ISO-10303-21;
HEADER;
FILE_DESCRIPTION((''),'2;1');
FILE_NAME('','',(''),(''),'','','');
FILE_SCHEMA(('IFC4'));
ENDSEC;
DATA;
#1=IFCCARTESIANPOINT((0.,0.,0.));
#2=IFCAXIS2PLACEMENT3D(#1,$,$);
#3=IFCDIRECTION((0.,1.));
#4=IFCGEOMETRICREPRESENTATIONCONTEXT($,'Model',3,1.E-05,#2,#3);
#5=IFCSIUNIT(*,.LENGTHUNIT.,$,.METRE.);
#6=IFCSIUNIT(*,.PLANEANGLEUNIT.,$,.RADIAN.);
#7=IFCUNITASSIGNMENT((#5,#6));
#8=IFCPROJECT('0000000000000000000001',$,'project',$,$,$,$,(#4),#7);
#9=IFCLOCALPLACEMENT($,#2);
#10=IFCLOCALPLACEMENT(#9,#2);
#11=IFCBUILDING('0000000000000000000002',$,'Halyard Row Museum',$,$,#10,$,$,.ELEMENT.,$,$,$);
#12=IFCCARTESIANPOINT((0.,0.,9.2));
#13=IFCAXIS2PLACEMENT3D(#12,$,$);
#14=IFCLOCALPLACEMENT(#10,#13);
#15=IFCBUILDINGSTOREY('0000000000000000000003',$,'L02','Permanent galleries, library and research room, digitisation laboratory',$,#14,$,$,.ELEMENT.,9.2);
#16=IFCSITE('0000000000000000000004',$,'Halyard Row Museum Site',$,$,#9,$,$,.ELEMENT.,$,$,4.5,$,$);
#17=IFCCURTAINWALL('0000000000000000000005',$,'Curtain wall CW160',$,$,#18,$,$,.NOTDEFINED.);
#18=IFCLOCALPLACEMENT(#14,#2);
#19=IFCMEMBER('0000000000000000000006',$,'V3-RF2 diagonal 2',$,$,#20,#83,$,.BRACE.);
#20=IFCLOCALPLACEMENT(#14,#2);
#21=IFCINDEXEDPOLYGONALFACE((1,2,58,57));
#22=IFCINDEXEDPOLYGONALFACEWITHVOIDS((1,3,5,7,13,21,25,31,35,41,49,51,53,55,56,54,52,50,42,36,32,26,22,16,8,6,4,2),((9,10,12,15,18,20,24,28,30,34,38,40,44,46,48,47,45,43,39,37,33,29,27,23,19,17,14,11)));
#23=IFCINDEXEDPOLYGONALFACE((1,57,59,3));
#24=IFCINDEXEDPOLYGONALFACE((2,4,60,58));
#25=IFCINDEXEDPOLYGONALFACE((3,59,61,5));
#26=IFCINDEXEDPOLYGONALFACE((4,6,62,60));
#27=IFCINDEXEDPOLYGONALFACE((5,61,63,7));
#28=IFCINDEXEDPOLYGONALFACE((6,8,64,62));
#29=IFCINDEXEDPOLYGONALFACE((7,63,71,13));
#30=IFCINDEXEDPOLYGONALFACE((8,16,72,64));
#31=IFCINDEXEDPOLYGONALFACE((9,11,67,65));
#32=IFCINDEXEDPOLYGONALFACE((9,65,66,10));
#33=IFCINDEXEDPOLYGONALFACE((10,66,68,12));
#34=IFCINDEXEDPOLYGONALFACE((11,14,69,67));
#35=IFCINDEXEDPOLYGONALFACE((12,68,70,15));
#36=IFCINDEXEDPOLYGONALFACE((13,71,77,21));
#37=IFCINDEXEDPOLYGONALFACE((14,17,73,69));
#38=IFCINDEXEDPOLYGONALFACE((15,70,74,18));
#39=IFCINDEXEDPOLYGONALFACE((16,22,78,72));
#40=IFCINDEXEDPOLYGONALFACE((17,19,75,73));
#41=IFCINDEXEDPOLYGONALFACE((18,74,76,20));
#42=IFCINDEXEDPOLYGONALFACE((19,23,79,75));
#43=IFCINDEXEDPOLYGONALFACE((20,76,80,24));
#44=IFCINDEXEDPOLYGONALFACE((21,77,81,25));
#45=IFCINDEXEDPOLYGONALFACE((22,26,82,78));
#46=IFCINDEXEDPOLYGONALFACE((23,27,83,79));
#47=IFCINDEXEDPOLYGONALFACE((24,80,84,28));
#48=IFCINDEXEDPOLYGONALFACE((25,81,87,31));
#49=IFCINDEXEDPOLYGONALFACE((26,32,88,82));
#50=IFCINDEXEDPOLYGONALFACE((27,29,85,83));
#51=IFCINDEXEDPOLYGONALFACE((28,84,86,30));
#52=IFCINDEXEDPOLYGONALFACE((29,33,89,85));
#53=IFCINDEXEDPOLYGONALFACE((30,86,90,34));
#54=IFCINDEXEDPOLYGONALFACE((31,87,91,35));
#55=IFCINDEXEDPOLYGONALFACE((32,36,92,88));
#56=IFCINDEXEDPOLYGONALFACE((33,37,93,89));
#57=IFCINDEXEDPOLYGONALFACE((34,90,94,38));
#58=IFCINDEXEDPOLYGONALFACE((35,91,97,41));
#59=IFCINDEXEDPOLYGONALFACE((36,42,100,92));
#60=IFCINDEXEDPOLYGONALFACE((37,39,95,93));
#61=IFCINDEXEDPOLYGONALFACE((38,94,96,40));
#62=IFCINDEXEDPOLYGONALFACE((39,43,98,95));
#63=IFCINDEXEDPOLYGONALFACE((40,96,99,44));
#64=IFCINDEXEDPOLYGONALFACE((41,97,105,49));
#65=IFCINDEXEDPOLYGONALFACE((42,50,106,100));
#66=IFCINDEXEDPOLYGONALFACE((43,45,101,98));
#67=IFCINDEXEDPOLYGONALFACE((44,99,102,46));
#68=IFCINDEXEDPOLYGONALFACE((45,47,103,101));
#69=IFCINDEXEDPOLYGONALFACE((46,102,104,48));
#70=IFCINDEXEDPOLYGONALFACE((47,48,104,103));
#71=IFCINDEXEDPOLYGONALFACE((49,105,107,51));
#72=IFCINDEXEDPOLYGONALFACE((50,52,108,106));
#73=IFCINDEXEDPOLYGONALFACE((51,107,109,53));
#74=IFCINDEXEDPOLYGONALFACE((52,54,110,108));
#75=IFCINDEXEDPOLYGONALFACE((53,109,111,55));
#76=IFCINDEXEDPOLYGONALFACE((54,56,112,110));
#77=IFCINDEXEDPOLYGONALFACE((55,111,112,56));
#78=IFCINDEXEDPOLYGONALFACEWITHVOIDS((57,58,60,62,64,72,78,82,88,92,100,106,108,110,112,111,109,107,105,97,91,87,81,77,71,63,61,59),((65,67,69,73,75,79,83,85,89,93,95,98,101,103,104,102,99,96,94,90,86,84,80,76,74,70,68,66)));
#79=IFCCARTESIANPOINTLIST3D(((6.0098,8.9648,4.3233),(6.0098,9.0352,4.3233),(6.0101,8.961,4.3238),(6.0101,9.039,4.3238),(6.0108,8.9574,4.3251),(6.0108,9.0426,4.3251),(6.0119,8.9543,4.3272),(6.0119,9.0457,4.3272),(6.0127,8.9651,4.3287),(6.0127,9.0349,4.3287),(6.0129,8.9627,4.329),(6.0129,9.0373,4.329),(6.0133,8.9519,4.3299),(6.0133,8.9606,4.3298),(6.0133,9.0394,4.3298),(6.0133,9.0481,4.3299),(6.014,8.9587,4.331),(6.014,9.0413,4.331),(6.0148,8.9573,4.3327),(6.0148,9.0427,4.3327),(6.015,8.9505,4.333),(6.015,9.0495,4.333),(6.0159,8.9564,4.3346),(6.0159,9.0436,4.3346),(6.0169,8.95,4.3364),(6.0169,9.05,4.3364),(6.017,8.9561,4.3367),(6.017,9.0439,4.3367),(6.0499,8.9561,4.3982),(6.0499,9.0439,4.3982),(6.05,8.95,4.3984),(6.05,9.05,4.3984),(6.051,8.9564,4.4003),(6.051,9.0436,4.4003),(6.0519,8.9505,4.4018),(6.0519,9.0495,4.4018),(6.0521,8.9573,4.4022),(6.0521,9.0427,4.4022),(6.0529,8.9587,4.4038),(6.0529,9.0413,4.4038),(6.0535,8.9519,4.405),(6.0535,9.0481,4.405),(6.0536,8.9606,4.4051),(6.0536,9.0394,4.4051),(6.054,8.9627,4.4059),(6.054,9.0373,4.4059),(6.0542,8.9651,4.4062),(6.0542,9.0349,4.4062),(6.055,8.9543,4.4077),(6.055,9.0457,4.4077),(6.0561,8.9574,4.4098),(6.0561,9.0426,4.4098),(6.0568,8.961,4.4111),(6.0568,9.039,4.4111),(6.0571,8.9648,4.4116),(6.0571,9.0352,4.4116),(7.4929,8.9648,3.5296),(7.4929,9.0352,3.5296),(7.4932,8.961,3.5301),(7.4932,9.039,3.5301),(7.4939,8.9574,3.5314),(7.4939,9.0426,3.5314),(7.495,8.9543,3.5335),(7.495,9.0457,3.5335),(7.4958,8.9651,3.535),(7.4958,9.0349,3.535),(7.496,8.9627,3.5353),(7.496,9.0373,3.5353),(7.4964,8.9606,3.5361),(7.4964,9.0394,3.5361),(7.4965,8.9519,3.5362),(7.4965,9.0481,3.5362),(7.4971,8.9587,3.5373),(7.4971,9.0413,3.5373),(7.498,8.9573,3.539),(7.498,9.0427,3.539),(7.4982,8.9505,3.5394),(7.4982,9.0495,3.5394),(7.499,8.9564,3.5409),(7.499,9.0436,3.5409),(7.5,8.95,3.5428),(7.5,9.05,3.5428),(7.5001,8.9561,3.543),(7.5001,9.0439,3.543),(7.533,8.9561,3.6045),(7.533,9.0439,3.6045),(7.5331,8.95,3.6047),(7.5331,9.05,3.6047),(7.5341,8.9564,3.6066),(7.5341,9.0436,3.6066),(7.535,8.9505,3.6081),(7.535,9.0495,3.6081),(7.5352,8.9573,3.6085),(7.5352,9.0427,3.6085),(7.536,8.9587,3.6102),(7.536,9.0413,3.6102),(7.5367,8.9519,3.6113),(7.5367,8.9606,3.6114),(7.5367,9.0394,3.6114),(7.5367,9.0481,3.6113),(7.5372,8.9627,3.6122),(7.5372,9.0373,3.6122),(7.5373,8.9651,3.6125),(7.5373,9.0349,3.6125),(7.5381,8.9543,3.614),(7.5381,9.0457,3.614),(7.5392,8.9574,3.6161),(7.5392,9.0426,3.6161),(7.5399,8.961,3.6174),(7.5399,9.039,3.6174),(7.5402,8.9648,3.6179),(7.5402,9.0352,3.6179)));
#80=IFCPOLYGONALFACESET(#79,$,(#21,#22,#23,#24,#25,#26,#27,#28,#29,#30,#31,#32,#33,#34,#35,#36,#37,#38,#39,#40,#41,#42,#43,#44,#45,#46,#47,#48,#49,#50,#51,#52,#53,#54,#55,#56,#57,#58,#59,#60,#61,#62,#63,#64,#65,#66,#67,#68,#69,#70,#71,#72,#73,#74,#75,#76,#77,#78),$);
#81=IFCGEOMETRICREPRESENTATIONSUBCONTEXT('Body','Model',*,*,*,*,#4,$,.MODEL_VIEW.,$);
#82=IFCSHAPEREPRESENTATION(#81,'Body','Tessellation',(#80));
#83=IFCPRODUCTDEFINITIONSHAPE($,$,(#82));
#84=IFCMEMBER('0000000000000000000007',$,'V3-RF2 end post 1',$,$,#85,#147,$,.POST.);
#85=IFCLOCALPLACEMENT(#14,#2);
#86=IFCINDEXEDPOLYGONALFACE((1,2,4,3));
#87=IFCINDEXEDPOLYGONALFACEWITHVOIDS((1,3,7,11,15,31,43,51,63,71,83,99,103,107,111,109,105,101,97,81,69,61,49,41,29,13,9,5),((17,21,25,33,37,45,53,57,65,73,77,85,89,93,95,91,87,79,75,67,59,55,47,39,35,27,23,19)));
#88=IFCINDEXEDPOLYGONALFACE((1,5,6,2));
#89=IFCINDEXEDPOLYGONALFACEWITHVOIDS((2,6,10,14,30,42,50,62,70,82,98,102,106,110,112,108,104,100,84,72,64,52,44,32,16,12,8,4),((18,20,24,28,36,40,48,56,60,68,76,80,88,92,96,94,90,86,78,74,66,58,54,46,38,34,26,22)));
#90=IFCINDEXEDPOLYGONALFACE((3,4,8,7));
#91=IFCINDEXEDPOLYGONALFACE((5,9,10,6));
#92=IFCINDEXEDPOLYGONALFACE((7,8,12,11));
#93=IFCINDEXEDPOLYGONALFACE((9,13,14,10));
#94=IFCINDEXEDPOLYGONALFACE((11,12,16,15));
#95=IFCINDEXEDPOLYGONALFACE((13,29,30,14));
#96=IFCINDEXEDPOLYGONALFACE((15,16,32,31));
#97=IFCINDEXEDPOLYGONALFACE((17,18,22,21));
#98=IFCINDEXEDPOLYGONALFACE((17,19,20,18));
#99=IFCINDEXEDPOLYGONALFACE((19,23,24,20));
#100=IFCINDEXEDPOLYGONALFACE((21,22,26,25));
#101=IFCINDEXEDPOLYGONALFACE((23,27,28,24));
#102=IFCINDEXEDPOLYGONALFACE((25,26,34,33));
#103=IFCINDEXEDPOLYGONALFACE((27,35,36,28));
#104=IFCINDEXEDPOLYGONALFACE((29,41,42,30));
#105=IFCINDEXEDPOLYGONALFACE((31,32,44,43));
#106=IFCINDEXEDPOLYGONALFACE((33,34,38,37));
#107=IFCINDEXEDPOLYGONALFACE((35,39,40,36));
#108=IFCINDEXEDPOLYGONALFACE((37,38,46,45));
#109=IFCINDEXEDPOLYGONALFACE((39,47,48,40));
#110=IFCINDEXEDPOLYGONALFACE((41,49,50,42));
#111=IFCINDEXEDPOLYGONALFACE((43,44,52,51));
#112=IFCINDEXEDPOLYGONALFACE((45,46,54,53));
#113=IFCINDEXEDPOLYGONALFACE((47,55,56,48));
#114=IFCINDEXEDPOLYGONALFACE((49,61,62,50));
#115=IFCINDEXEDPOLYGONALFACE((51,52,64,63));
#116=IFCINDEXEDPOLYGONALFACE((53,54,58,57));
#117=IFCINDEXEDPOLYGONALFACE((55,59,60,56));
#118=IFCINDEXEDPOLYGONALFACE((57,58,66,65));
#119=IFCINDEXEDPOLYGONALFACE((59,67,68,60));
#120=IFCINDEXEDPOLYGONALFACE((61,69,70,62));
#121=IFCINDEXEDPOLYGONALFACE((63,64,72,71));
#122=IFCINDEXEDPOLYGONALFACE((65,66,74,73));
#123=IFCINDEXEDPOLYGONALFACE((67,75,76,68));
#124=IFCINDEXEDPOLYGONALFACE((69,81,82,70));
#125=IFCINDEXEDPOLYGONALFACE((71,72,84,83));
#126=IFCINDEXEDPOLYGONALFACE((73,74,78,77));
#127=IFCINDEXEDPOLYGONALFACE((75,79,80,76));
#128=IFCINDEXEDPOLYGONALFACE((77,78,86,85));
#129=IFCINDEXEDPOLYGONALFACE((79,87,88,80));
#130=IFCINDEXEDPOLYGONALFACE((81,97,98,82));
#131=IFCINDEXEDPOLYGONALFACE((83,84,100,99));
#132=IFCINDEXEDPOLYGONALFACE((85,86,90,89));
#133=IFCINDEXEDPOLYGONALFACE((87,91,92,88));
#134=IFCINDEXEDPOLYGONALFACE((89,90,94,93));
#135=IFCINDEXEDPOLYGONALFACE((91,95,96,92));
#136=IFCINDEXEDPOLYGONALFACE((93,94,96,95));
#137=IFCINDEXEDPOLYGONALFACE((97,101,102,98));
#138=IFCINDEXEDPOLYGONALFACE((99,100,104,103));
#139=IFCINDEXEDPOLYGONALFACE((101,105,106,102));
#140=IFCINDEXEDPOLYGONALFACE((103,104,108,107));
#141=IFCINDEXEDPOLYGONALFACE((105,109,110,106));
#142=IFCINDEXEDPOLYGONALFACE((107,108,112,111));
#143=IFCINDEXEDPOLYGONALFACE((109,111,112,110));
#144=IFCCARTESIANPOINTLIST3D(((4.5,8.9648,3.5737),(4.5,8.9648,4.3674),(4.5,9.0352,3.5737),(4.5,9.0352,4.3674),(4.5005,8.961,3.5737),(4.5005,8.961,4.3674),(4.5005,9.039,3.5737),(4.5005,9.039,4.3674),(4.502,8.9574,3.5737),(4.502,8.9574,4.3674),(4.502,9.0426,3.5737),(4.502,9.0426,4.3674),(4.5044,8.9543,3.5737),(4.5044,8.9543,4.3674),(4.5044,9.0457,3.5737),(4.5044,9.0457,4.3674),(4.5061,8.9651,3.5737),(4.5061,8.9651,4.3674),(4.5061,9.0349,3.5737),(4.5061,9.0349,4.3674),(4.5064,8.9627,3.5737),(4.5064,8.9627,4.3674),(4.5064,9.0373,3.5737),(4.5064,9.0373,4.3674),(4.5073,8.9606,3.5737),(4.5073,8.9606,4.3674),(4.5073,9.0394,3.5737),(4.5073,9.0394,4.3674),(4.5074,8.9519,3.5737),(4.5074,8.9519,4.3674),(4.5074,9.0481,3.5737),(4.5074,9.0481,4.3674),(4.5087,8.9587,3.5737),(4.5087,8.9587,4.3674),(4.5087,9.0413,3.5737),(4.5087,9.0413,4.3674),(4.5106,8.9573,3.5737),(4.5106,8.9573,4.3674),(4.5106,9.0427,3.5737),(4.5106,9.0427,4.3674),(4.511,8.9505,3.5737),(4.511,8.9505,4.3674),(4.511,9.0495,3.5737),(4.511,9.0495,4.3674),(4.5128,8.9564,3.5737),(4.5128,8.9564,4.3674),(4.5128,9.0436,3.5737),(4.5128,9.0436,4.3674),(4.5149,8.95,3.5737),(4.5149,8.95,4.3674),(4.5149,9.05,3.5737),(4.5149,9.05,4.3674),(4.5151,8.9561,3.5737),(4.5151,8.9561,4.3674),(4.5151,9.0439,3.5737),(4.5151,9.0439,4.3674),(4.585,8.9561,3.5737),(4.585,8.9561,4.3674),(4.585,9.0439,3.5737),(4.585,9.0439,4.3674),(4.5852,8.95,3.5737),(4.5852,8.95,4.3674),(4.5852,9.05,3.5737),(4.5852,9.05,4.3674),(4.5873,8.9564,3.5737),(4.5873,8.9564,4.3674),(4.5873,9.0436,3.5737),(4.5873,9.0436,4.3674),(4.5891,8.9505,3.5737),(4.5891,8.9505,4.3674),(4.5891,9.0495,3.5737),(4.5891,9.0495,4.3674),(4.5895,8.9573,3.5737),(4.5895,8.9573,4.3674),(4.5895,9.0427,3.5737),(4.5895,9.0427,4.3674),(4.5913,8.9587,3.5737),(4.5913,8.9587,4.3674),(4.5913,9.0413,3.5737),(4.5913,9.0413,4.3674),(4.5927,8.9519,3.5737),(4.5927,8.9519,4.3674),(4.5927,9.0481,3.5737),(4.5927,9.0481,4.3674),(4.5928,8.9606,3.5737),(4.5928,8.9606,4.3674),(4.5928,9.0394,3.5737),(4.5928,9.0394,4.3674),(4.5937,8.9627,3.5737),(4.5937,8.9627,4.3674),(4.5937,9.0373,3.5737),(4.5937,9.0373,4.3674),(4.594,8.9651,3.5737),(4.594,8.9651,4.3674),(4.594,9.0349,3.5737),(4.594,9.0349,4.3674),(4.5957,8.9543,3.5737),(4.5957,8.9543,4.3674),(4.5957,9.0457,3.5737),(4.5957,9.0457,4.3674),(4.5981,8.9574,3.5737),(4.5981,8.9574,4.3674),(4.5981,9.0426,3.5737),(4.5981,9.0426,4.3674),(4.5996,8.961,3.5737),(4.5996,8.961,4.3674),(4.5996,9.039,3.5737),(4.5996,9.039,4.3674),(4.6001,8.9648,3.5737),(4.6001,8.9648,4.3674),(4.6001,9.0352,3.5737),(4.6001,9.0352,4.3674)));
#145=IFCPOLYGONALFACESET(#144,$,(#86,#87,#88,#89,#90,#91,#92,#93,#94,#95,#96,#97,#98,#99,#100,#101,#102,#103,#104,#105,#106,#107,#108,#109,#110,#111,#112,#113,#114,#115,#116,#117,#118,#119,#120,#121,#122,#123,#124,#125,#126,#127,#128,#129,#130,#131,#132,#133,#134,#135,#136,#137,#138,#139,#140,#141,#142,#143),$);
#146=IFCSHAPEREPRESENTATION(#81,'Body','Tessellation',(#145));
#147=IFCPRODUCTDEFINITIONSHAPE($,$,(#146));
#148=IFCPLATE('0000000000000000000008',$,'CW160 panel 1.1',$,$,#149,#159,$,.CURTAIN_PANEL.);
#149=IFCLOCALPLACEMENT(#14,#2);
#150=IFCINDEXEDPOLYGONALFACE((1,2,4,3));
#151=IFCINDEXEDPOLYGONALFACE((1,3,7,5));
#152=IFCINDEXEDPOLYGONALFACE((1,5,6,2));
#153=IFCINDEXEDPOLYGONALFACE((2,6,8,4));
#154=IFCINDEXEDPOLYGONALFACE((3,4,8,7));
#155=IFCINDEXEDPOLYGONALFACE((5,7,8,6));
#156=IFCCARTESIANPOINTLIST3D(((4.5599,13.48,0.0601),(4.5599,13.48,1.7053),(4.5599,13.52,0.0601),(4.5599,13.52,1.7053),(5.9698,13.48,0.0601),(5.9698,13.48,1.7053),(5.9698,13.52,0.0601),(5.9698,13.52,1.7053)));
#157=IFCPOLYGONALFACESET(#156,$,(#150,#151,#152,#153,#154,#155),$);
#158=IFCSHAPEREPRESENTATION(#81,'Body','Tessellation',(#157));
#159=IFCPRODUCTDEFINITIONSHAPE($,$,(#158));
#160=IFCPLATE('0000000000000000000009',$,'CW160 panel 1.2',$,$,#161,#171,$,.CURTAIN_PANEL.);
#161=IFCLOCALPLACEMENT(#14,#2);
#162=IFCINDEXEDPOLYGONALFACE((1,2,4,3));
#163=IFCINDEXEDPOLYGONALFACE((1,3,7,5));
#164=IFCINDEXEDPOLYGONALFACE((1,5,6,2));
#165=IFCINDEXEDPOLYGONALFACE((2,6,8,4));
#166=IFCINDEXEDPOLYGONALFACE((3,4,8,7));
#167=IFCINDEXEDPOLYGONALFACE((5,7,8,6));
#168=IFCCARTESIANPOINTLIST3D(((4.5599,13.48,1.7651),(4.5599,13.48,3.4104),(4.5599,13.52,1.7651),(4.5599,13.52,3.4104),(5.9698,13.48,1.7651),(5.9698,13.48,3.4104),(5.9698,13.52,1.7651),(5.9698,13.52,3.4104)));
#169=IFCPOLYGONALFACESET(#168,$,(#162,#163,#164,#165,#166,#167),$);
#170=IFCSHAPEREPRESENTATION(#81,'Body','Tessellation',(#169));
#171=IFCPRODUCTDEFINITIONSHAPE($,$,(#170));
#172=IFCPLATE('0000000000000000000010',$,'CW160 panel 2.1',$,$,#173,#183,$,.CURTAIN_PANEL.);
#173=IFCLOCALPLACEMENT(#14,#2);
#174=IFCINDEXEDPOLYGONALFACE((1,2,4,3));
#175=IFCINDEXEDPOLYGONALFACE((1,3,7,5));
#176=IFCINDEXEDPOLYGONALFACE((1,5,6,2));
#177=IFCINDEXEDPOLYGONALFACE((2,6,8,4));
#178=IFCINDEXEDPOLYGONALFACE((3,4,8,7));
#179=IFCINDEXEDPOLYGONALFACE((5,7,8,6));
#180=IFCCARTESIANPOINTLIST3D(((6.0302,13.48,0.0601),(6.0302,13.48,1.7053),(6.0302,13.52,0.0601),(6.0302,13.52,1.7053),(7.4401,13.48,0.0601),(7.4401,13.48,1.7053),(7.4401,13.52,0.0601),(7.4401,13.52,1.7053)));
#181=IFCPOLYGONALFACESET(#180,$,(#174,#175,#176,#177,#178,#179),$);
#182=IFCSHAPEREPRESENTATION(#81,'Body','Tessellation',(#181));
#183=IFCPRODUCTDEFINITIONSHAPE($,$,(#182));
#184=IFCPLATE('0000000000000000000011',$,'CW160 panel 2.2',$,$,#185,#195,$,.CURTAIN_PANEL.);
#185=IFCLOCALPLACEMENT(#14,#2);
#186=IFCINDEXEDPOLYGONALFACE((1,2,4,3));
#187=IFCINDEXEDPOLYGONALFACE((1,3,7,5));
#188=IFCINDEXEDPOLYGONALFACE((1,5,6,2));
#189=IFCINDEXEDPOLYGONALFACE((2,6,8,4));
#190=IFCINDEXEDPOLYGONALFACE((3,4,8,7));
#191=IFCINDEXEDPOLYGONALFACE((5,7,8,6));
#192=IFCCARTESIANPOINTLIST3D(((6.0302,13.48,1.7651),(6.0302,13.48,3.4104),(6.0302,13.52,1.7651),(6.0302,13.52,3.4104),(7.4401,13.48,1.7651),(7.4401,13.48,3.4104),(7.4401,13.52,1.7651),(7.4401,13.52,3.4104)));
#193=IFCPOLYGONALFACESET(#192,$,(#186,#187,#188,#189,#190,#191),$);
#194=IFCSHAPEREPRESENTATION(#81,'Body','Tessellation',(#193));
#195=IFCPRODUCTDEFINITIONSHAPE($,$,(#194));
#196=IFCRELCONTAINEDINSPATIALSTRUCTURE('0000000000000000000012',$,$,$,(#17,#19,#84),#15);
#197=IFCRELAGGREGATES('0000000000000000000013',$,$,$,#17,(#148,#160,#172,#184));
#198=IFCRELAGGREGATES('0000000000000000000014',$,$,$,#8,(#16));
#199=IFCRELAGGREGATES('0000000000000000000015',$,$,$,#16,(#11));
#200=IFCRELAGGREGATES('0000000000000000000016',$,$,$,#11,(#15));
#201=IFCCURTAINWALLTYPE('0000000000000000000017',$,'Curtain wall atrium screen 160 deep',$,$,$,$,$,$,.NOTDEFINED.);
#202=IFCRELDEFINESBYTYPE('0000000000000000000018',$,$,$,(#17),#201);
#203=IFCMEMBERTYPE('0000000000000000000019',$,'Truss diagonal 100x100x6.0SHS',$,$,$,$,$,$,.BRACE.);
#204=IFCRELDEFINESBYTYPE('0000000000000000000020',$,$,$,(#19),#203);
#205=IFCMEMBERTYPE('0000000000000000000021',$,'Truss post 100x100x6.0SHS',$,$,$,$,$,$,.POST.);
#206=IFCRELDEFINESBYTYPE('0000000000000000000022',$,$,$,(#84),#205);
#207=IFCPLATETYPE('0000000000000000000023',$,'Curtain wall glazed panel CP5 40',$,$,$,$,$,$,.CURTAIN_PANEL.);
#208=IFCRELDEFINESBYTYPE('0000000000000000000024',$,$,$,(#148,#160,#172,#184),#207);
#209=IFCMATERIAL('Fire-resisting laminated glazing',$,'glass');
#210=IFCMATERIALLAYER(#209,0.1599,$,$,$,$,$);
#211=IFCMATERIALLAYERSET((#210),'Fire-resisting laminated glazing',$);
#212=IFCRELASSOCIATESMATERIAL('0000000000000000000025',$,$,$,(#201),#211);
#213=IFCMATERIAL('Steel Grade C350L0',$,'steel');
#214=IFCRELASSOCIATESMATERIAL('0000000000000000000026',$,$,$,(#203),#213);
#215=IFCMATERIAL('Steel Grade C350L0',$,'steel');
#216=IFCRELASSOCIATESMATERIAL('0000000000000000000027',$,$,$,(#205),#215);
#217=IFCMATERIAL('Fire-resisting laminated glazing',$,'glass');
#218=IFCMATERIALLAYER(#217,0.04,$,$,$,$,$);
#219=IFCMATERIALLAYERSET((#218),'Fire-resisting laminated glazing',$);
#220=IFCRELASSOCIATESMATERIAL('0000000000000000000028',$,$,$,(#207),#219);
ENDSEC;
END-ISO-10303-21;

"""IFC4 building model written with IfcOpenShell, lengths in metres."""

from ifc_helpers import new_model, si_unit, direction, frame, origin, origin_2d, place, context, subcontext, project, spatial, rectangle, hollow_rectangle, extrude, material, layer, layer_set, material_profile, profile_set, type_object, element, aggregate, save


model = new_model("IFC4")

# Units and contexts
model_context = context("Model", 3, precision=1e-05, world=origin(), true_north=direction((0.0, 1.0)))
body_context = subcontext(model_context, "Body", "Model", "MODEL_VIEW")
ifc_project = project(units=[si_unit("LENGTHUNIT", "METRE"), si_unit("PLANEANGLEUNIT", "RADIAN")], contexts=[model_context])

# Site, building, storey
site_placement = place(None, origin())
site = spatial("IfcSite", under=ifc_project, at=site_placement, Name="Halyard Row Museum Site", CompositionType="ELEMENT", RefElevation=4.5)
building_placement = place(site_placement, origin())
building = spatial("IfcBuilding", under=site, at=building_placement, Name="Halyard Row Museum", CompositionType="ELEMENT")
storey_placement = place(building_placement, frame((0.0, 0.0, 9.2)))
storey = spatial("IfcBuildingStorey", under=building, at=storey_placement, Name="L02", Description="Permanent galleries, library and research room, digitisation laboratory", CompositionType="ELEMENT", Elevation=9.2)

# Curtain wall
ifc_material_1 = material(Name="Fire-resisting laminated glazing", Category="glass")
ifc_layer_1 = layer(ifc_material_1, 0.1599)
ifc_layer_set_1 = layer_set([ifc_layer_1], Name="Fire-resisting laminated glazing")
curtain_wall_type = type_object("IfcCurtainWallType", Name="Curtain wall atrium screen 160 deep", PredefinedType="NOTDEFINED", material=ifc_layer_set_1)
curtain_wall_placement = place(storey_placement, origin())
curtain_wall = element("IfcCurtainWall", 1, at=curtain_wall_placement, inside=storey, type_object=curtain_wall_type, Name="Curtain wall CW160", PredefinedType="NOTDEFINED")

# Members
ifc_material_2 = material(Name="Steel Grade C350L0", Category="steel")
ifc_material_profile_1 = material_profile(ifc_material_2, hollow_rectangle(XDim=0.1001, YDim=0.1001, WallThickness=0.0061, InnerFilletRadius=0.009, OuterFilletRadius=0.0149, at=origin_2d()), Name="100x100x6.0SHS")
ifc_profile_set_1 = profile_set([ifc_material_profile_1], Name="Steel Grade C350L0")
member_type_1 = type_object("IfcMemberType", Name="Truss diagonal 100x100x6.0SHS", PredefinedType="BRACE", material=ifc_profile_set_1)
member_1_placement = place(storey_placement, frame((6.0334, 9.0, 4.3674), z_axis=(0.881689, 0.0, -0.471831), x_axis=(0.0, 1.0, 0.0)))
element("IfcMember", 2, at=member_1_placement, inside=storey, type_object=member_type_1, Name="V3-RF2 diagonal 2", PredefinedType="BRACE", context=body_context, shape_type="SweptSolid", body=[
    extrude(hollow_rectangle(XDim=0.1001, YDim=0.1001, WallThickness=0.0061, InnerFilletRadius=0.009, OuterFilletRadius=0.0149, at=origin_2d()), origin(), (0.0, 0.0, 1.0), 1.6821),
])
ifc_material_3 = material(Name="Steel Grade C350L0", Category="steel")
ifc_material_profile_2 = material_profile(ifc_material_3, hollow_rectangle(XDim=0.1001, YDim=0.1001, WallThickness=0.0061, InnerFilletRadius=0.009, OuterFilletRadius=0.0149, at=origin_2d()), Name="100x100x6.0SHS")
ifc_profile_set_2 = profile_set([ifc_material_profile_2], Name="Steel Grade C350L0")
member_type_2 = type_object("IfcMemberType", Name="Truss post 100x100x6.0SHS", PredefinedType="POST", material=ifc_profile_set_2)
member_2_placement = place(storey_placement, frame((4.55, 9.0, 3.5737), z_axis=(0.0, 0.0, 1.0), x_axis=(1.0, 0.0, 0.0)))
element("IfcMember", 3, at=member_2_placement, inside=storey, type_object=member_type_2, Name="V3-RF2 end post 1", PredefinedType="POST", context=body_context, shape_type="SweptSolid", body=[
    extrude(hollow_rectangle(XDim=0.1001, YDim=0.1001, WallThickness=0.0061, InnerFilletRadius=0.009, OuterFilletRadius=0.0149, at=origin_2d()), origin(), (0.0, 0.0, 1.0), 0.7937),
])

# Plates
ifc_material_4 = material(Name="Fire-resisting laminated glazing", Category="glass")
ifc_layer_2 = layer(ifc_material_4, 0.04)
ifc_layer_set_2 = layer_set([ifc_layer_2], Name="Fire-resisting laminated glazing")
plate_type = type_object("IfcPlateType", Name="Curtain wall glazed panel CP5 40", PredefinedType="CURTAIN_PANEL", material=ifc_layer_set_2)
plate_1_placement = place(storey_placement, frame((5.2649, 13.5, 0.0601), z_axis=(0.0, 0.0, 1.0), x_axis=(1.0, 0.0, 0.0)))
plate_1 = element("IfcPlate", 4, at=plate_1_placement, type_object=plate_type, Name="CW160 panel 1.1", PredefinedType="CURTAIN_PANEL", context=body_context, shape_type="SweptSolid", body=[
    extrude(rectangle(XDim=1.4099, YDim=0.04, at=origin_2d()), origin(), (0.0, 0.0, 1.0), 1.6453),
])
plate_2_placement = place(storey_placement, frame((5.2649, 13.5, 1.7651), z_axis=(0.0, 0.0, 1.0), x_axis=(1.0, 0.0, 0.0)))
plate_2 = element("IfcPlate", 5, at=plate_2_placement, type_object=plate_type, Name="CW160 panel 1.2", PredefinedType="CURTAIN_PANEL", context=body_context, shape_type="SweptSolid", body=[
    extrude(rectangle(XDim=1.4099, YDim=0.04, at=origin_2d()), origin(), (0.0, 0.0, 1.0), 1.6453),
])
plate_3_placement = place(storey_placement, frame((6.7351, 13.5, 0.0601), z_axis=(0.0, 0.0, 1.0), x_axis=(1.0, 0.0, 0.0)))
plate_3 = element("IfcPlate", 6, at=plate_3_placement, type_object=plate_type, Name="CW160 panel 2.1", PredefinedType="CURTAIN_PANEL", context=body_context, shape_type="SweptSolid", body=[
    extrude(rectangle(XDim=1.4099, YDim=0.04, at=origin_2d()), origin(), (0.0, 0.0, 1.0), 1.6453),
])
plate_4_placement = place(storey_placement, frame((6.7351, 13.5, 1.7651), z_axis=(0.0, 0.0, 1.0), x_axis=(1.0, 0.0, 0.0)))
plate_4 = element("IfcPlate", 7, at=plate_4_placement, type_object=plate_type, Name="CW160 panel 2.2", PredefinedType="CURTAIN_PANEL", context=body_context, shape_type="SweptSolid", body=[
    extrude(rectangle(XDim=1.4099, YDim=0.04, at=origin_2d()), origin(), (0.0, 0.0, 1.0), 1.6453),
])
aggregate(curtain_wall, [plate_1, plate_2, plate_3, plate_4])

save(model, "model.ifc")
